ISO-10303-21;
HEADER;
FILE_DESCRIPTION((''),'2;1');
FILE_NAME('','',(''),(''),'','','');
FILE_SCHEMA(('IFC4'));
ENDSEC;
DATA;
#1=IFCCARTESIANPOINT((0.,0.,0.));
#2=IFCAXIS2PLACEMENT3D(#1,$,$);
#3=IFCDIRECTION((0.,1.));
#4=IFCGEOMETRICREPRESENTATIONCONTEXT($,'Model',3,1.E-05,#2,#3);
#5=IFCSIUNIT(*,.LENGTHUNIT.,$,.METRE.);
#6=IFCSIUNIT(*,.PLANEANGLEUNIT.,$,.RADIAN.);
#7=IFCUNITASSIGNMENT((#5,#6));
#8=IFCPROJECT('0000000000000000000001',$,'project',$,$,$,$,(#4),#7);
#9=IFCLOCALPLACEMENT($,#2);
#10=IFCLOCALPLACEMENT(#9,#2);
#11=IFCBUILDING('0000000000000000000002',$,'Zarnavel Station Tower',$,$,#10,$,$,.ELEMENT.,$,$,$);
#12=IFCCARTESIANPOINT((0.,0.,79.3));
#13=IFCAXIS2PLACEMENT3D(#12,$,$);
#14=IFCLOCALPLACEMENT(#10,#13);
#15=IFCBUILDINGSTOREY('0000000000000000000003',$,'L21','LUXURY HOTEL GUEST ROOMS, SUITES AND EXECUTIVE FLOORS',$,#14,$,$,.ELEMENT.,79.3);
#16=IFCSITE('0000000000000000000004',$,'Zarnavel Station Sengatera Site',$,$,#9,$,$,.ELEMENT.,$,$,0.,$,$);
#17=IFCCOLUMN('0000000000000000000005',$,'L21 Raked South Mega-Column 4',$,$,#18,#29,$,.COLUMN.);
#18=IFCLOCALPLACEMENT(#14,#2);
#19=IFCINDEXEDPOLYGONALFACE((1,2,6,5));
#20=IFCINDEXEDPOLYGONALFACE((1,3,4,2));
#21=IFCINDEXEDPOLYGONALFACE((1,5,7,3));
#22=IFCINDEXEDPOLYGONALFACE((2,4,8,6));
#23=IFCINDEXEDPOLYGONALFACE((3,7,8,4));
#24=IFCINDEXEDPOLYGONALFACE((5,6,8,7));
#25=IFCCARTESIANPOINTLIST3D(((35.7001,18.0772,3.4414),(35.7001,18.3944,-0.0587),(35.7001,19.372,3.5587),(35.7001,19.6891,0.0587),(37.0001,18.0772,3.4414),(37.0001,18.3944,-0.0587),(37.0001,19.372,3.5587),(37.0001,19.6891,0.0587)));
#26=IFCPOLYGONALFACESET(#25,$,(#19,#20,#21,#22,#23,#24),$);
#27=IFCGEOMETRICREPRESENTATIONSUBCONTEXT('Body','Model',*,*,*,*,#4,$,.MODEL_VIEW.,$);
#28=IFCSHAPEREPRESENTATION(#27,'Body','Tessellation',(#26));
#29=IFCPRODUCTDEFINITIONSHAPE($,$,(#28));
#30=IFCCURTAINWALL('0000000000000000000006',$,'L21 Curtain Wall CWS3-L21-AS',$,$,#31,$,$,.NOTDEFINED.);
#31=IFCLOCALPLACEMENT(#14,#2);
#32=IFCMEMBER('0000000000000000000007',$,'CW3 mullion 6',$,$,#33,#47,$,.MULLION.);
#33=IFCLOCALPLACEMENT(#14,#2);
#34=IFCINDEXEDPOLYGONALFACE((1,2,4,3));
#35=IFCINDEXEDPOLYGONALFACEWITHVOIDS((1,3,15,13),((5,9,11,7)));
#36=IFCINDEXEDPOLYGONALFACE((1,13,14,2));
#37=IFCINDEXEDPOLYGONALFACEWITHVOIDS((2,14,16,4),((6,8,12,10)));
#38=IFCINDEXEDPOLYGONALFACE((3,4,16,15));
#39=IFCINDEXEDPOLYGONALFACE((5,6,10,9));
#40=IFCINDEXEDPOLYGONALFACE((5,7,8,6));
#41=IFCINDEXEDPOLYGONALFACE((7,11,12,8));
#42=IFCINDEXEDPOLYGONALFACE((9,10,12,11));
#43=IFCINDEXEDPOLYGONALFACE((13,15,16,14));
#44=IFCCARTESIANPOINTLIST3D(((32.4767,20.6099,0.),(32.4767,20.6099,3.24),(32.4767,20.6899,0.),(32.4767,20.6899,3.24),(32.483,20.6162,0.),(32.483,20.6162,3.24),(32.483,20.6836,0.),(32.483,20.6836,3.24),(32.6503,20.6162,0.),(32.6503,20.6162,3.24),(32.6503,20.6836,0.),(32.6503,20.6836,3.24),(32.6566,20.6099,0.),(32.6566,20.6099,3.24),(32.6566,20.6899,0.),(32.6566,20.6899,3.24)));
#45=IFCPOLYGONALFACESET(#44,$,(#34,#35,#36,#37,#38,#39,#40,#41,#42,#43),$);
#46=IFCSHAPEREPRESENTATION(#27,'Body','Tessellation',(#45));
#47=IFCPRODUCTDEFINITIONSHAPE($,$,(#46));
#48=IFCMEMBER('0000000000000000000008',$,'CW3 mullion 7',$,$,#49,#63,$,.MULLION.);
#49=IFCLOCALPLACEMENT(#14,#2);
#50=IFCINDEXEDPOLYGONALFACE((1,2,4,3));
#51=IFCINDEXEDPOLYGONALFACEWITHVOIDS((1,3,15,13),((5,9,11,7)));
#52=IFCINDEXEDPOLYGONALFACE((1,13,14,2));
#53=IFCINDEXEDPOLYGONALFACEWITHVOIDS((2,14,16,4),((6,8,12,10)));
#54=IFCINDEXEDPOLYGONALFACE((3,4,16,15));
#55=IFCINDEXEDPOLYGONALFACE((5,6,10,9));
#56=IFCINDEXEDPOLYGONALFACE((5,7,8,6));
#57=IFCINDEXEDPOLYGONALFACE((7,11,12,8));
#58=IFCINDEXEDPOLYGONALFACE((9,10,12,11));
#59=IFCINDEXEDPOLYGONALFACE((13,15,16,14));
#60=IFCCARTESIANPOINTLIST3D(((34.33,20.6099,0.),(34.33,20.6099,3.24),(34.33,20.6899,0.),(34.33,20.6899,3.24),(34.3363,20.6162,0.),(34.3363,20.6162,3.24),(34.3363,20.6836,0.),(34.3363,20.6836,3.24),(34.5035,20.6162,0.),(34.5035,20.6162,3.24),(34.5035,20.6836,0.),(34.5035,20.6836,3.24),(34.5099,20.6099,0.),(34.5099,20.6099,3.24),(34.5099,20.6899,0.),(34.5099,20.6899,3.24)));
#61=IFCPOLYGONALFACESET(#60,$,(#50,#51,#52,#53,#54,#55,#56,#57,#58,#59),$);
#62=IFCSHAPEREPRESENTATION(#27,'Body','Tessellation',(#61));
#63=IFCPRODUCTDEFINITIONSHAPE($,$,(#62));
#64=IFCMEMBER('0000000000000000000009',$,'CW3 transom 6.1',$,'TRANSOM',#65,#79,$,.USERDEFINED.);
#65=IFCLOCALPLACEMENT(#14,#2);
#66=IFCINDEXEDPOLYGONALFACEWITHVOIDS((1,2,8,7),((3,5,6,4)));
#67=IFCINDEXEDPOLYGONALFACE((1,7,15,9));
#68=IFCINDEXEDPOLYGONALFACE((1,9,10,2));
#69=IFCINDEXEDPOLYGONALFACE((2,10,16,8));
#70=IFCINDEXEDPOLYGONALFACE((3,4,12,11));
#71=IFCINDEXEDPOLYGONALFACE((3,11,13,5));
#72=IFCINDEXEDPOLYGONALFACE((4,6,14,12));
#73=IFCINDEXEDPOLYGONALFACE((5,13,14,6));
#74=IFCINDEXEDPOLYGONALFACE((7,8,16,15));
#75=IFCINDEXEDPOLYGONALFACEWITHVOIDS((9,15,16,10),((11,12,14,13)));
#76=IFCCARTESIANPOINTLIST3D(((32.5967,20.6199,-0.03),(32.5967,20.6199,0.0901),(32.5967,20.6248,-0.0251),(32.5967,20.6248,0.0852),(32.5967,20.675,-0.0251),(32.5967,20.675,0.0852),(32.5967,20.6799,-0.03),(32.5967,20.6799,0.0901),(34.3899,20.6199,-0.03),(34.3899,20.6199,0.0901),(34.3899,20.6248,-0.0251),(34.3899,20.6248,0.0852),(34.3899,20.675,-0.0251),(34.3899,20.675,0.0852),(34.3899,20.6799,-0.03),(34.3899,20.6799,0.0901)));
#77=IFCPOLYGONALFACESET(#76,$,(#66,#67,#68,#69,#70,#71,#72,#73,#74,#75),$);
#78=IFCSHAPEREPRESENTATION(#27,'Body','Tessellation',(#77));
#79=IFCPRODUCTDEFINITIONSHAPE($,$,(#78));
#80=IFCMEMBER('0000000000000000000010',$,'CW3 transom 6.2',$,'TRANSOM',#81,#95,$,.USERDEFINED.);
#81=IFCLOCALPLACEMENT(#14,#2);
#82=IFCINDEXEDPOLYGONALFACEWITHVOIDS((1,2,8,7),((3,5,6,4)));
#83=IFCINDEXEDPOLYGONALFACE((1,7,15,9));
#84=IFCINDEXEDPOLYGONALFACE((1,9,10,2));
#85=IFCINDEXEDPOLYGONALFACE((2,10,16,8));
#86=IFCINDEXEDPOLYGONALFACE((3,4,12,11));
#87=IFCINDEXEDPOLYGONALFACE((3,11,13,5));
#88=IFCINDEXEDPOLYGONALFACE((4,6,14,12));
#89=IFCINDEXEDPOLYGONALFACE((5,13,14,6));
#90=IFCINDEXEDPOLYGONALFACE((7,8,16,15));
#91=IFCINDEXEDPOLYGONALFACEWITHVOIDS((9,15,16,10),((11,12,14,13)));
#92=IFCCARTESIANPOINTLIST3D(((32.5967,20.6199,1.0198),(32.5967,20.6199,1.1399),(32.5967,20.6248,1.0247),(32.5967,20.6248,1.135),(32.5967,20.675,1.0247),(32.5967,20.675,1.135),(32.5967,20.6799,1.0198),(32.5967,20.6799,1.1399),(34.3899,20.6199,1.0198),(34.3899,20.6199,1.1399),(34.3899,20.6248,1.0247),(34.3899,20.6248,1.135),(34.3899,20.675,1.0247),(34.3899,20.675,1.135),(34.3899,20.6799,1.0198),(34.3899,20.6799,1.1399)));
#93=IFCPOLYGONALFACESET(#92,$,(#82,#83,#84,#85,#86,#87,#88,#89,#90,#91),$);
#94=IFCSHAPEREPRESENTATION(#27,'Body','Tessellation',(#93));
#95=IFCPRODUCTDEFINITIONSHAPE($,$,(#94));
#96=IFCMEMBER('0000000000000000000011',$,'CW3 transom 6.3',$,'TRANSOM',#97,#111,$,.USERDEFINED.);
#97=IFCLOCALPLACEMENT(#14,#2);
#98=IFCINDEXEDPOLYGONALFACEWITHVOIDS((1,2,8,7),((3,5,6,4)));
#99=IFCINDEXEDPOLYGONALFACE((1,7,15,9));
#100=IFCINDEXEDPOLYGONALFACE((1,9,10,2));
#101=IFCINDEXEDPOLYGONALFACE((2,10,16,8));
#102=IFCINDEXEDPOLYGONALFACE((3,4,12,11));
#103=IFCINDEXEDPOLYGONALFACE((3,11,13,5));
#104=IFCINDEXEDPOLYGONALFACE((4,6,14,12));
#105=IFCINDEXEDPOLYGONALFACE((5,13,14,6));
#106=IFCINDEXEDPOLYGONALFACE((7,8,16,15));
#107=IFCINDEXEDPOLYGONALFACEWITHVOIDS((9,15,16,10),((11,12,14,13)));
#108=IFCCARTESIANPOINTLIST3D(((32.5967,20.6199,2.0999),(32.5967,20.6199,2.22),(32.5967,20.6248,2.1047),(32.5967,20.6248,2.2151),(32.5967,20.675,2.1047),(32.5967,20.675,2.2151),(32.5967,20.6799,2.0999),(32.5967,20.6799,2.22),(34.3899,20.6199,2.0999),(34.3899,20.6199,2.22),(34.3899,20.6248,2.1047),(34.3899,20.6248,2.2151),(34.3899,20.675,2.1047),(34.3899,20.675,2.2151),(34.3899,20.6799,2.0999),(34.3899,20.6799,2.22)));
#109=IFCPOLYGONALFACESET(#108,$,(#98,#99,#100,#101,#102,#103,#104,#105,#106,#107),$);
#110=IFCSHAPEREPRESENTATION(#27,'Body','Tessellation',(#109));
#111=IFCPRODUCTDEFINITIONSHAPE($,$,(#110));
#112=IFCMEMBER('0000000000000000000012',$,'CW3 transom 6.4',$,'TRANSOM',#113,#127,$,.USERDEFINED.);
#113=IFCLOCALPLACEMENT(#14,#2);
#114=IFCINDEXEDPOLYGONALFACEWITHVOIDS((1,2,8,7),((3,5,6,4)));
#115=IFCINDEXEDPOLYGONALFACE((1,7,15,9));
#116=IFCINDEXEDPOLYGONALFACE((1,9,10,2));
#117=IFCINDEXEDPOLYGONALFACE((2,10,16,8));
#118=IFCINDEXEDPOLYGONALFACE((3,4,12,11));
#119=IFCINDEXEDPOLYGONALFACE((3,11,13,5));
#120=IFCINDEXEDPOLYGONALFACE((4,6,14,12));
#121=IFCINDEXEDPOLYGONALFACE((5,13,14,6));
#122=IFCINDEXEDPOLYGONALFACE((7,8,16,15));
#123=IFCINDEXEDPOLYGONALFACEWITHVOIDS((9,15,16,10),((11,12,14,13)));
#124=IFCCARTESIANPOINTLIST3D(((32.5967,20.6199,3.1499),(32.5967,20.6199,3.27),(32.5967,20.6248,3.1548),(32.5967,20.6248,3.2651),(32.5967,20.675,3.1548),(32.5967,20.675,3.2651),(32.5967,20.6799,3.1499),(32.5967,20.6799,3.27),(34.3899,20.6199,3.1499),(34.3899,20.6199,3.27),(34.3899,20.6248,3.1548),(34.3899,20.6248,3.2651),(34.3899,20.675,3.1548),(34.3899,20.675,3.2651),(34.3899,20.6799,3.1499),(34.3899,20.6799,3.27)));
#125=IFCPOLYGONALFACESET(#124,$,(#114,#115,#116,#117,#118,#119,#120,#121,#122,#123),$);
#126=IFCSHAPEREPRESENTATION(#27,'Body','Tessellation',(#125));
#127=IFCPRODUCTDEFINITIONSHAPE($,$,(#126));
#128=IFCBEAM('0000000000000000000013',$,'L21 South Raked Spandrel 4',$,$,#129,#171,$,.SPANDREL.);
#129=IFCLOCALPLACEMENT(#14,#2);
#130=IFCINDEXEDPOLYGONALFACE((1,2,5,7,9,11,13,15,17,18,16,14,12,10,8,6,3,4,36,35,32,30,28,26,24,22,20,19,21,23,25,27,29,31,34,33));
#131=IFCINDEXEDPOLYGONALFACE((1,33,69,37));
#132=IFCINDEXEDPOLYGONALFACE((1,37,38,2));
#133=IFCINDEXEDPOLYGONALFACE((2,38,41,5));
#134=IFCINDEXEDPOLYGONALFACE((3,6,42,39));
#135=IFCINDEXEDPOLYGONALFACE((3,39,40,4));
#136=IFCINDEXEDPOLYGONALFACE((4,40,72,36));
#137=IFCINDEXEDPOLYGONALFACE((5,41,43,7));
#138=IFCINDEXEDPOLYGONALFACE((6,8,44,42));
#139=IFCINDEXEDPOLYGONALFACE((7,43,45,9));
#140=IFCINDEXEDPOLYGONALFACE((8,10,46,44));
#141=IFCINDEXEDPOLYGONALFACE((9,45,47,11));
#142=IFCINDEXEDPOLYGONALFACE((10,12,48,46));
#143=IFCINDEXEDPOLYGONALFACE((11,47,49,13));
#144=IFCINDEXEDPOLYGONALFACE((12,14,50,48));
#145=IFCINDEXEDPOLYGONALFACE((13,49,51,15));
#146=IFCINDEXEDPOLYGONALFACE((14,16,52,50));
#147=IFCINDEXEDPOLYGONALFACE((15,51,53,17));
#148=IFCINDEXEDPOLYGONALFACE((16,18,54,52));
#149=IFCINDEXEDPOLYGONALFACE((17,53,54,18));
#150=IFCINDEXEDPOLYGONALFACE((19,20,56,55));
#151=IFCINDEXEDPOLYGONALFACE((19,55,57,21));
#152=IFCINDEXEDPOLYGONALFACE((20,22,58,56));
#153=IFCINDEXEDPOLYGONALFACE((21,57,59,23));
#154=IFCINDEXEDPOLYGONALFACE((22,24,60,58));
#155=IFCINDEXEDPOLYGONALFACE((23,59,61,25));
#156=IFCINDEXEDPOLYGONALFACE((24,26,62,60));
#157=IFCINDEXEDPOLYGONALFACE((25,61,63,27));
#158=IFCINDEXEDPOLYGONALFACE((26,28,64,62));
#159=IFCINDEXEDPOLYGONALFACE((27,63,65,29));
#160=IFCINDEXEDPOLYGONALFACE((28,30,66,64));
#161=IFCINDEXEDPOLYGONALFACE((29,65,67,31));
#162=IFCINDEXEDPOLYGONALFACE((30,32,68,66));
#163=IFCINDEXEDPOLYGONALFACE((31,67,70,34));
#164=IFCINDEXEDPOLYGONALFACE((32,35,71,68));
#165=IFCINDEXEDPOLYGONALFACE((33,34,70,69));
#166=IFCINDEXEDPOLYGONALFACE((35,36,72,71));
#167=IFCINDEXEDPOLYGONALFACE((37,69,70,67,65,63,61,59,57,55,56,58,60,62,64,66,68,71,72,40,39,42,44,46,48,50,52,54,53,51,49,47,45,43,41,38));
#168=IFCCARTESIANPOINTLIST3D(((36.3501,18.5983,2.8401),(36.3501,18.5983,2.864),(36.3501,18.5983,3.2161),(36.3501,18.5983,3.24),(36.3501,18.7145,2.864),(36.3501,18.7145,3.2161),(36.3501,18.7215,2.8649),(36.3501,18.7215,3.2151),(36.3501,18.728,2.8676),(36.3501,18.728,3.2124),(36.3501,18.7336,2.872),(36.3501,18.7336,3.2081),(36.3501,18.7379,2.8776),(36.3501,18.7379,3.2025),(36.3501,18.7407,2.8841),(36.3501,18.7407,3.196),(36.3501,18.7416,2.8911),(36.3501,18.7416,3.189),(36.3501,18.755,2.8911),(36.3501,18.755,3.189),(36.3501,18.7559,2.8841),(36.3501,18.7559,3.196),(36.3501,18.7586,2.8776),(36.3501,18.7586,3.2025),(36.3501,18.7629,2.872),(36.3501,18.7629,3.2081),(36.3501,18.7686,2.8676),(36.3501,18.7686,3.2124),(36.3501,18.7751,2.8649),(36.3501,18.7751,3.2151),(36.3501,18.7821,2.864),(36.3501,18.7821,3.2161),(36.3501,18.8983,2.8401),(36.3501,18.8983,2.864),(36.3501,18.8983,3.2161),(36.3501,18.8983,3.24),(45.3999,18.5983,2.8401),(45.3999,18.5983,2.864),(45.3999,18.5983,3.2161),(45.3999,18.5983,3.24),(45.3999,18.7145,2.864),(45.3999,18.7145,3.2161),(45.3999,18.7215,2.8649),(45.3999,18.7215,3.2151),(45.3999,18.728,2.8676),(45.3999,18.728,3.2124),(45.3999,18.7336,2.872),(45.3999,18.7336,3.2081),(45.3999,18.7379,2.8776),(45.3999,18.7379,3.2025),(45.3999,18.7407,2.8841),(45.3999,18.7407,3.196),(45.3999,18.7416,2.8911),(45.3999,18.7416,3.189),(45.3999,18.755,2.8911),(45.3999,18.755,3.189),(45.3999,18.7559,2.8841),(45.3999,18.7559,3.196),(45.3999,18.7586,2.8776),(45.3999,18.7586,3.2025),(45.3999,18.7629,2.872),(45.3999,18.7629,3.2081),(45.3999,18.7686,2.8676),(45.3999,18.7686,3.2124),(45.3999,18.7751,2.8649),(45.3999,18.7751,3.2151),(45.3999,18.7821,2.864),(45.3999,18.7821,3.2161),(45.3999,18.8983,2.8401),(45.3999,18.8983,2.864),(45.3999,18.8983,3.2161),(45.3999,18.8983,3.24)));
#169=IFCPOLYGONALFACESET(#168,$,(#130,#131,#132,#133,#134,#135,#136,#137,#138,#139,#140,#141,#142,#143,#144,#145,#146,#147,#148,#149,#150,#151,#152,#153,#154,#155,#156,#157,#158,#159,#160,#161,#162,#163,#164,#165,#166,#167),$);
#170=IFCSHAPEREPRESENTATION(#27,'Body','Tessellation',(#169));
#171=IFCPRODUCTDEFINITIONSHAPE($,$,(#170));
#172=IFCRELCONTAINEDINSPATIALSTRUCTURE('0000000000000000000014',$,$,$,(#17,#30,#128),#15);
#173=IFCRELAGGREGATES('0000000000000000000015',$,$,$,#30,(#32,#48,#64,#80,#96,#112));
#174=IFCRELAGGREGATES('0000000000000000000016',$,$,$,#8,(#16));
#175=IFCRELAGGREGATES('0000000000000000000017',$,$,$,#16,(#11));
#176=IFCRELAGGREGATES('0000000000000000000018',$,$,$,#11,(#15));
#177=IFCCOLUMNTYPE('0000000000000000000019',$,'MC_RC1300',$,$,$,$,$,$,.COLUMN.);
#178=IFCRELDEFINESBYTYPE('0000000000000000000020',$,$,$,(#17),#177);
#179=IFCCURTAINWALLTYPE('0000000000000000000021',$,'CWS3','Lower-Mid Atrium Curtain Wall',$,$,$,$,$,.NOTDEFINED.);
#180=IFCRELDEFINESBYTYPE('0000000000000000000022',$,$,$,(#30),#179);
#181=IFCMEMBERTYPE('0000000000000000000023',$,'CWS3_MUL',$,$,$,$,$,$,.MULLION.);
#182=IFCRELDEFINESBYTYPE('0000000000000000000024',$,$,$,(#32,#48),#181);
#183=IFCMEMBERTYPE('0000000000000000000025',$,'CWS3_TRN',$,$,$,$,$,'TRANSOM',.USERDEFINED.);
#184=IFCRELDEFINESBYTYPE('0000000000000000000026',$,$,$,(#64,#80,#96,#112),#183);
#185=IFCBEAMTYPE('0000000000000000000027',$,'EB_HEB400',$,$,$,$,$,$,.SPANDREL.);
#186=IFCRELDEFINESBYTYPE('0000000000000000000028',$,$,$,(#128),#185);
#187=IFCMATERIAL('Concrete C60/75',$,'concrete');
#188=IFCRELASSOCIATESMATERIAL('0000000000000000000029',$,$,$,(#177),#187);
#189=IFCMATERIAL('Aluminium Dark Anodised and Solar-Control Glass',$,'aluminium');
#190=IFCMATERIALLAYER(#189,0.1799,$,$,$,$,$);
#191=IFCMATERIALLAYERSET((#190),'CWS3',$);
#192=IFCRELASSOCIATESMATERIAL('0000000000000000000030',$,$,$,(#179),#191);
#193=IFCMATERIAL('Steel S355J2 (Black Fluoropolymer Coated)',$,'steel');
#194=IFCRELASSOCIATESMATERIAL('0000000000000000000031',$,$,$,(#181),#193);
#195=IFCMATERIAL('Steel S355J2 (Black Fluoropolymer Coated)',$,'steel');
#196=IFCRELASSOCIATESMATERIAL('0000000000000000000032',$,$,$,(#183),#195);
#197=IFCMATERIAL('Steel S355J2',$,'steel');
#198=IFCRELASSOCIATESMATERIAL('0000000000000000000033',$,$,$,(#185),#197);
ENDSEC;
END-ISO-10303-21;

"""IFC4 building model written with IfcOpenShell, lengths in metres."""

from ifc_helpers import new_model, si_unit, direction, frame, origin, origin_2d, place, context, subcontext, project, spatial, rectangle, hollow_rectangle, i_section, extrude, material, layer, layer_set, material_profile, profile_set, type_object, element, aggregate, save


model = new_model("IFC4")

# Units and contexts
model_context = context("Model", 3, precision=1e-05, world=origin(), true_north=direction((0.0, 1.0)))
body_context = subcontext(model_context, "Body", "Model", "MODEL_VIEW")
ifc_project = project(units=[si_unit("LENGTHUNIT", "METRE"), si_unit("PLANEANGLEUNIT", "RADIAN")], contexts=[model_context])

# Site, building, storey
site_placement = place(None, origin())
site = spatial("IfcSite", under=ifc_project, at=site_placement, Name="Zarnavel Station Sengatera Site", CompositionType="ELEMENT", RefElevation=0.0)
building_placement = place(site_placement, origin())
building = spatial("IfcBuilding", under=site, at=building_placement, Name="Zarnavel Station Tower", CompositionType="ELEMENT")
storey_placement = place(building_placement, frame((0.0, 0.0, 79.3)))
storey = spatial("IfcBuildingStorey", under=building, at=storey_placement, Name="L21", Description="LUXURY HOTEL GUEST ROOMS, SUITES AND EXECUTIVE FLOORS", CompositionType="ELEMENT", Elevation=79.3)

# Column
ifc_material_1 = material(Name="Concrete C60/75", Category="concrete")
ifc_material_profile_1 = material_profile(ifc_material_1, rectangle(XDim=1.3, YDim=1.3, at=origin_2d()), Name="RC1300x1300")
ifc_profile_set_1 = profile_set([ifc_material_profile_1], Name="Concrete C60/75")
column_type = type_object("IfcColumnType", Name="MC_RC1300", PredefinedType="COLUMN", material=ifc_profile_set_1)
column_placement = place(storey_placement, frame((36.3501, 19.0417, 0.0), z_axis=(0.0, -0.090241, 0.99592), x_axis=(1.0, 0.0, 0.0)))
element("IfcColumn", 1, at=column_placement, inside=storey, type_object=column_type, Name="L21 Raked South Mega-Column 4", PredefinedType="COLUMN", context=body_context, shape_type="SweptSolid", body=[
    extrude(rectangle(XDim=1.3, YDim=1.3, at=origin_2d()), origin(), (0.0, 0.0, 1.0), 3.5144),
])

# Curtain wall, members
ifc_material_2 = material(Name="Aluminium Dark Anodised and Solar-Control Glass", Category="aluminium")
ifc_layer_1 = layer(ifc_material_2, 0.1799)
ifc_layer_set_1 = layer_set([ifc_layer_1], Name="CWS3")
curtain_wall_type = type_object("IfcCurtainWallType", Name="CWS3", Description="Lower-Mid Atrium Curtain Wall", PredefinedType="NOTDEFINED", material=ifc_layer_set_1)
curtain_wall_placement = place(storey_placement, origin())
curtain_wall = element("IfcCurtainWall", 2, at=curtain_wall_placement, inside=storey, type_object=curtain_wall_type, Name="L21 Curtain Wall CWS3-L21-AS", PredefinedType="NOTDEFINED")
ifc_material_3 = material(Name="Steel S355J2 (Black Fluoropolymer Coated)", Category="steel")
ifc_material_profile_2 = material_profile(ifc_material_3, hollow_rectangle(XDim=0.0801, YDim=0.1799, WallThickness=0.0063, at=origin_2d()), Name="RHS180x80x6.3")
ifc_profile_set_2 = profile_set([ifc_material_profile_2], Name="Steel S355J2 (Black Fluoropolymer Coated)")
member_type_1 = type_object("IfcMemberType", Name="CWS3_MUL", PredefinedType="MULLION", material=ifc_profile_set_2)
member_1_placement = place(storey_placement, frame((32.5667, 20.6499, 0.0), z_axis=(0.0, 0.0, 1.0), x_axis=(0.0, 1.0, 0.0)))
member_1 = element("IfcMember", 3, at=member_1_placement, type_object=member_type_1, Name="CW3 mullion 6", PredefinedType="MULLION", context=body_context, shape_type="SweptSolid", body=[
    extrude(hollow_rectangle(XDim=0.0801, YDim=0.1799, WallThickness=0.0063, at=origin_2d()), origin(), (0.0, 0.0, 1.0), 3.24),
])
member_2_placement = place(storey_placement, frame((34.4199, 20.6499, 0.0), z_axis=(0.0, 0.0, 1.0), x_axis=(0.0, 1.0, 0.0)))
member_2 = element("IfcMember", 4, at=member_2_placement, type_object=member_type_1, Name="CW3 mullion 7", PredefinedType="MULLION", context=body_context, shape_type="SweptSolid", body=[
    extrude(hollow_rectangle(XDim=0.0801, YDim=0.1799, WallThickness=0.0063, at=origin_2d()), origin(), (0.0, 0.0, 1.0), 3.24),
])
ifc_material_4 = material(Name="Steel S355J2 (Black Fluoropolymer Coated)", Category="steel")
ifc_material_profile_3 = material_profile(ifc_material_4, hollow_rectangle(XDim=0.0601, YDim=0.1201, WallThickness=0.0049, at=origin_2d()), Name="RHS120x60x5")
ifc_profile_set_3 = profile_set([ifc_material_profile_3], Name="Steel S355J2 (Black Fluoropolymer Coated)")
member_type_2 = type_object("IfcMemberType", Name="CWS3_TRN", ElementType="TRANSOM", PredefinedType="USERDEFINED", material=ifc_profile_set_3)
member_3_placement = place(storey_placement, frame((32.5967, 20.6499, 0.03), z_axis=(1.0, 0.0, 0.0), x_axis=(0.0, 1.0, 0.0)))
member_3 = element("IfcMember", 5, at=member_3_placement, type_object=member_type_2, Name="CW3 transom 6.1", ObjectType="TRANSOM", PredefinedType="USERDEFINED", context=body_context, shape_type="SweptSolid", body=[
    extrude(hollow_rectangle(XDim=0.0601, YDim=0.1201, WallThickness=0.0049, at=origin_2d()), origin(), (0.0, 0.0, 1.0), 1.7932),
])
member_4_placement = place(storey_placement, frame((32.5967, 20.6499, 1.0798), z_axis=(1.0, 0.0, 0.0), x_axis=(0.0, 1.0, 0.0)))
member_4 = element("IfcMember", 6, at=member_4_placement, type_object=member_type_2, Name="CW3 transom 6.2", ObjectType="TRANSOM", PredefinedType="USERDEFINED", context=body_context, shape_type="SweptSolid", body=[
    extrude(hollow_rectangle(XDim=0.0601, YDim=0.1201, WallThickness=0.0049, at=origin_2d()), origin(), (0.0, 0.0, 1.0), 1.7932),
])
member_5_placement = place(storey_placement, frame((32.5967, 20.6499, 2.1599), z_axis=(1.0, 0.0, 0.0), x_axis=(0.0, 1.0, 0.0)))
member_5 = element("IfcMember", 7, at=member_5_placement, type_object=member_type_2, Name="CW3 transom 6.3", ObjectType="TRANSOM", PredefinedType="USERDEFINED", context=body_context, shape_type="SweptSolid", body=[
    extrude(hollow_rectangle(XDim=0.0601, YDim=0.1201, WallThickness=0.0049, at=origin_2d()), origin(), (0.0, 0.0, 1.0), 1.7932),
])
member_6_placement = place(storey_placement, frame((32.5967, 20.6499, 3.21), z_axis=(1.0, 0.0, 0.0), x_axis=(0.0, 1.0, 0.0)))
member_6 = element("IfcMember", 8, at=member_6_placement, type_object=member_type_2, Name="CW3 transom 6.4", ObjectType="TRANSOM", PredefinedType="USERDEFINED", context=body_context, shape_type="SweptSolid", body=[
    extrude(hollow_rectangle(XDim=0.0601, YDim=0.1201, WallThickness=0.0049, at=origin_2d()), origin(), (0.0, 0.0, 1.0), 1.7932),
])

# Beam
ifc_material_5 = material(Name="Steel S355J2", Category="steel")
ifc_material_profile_4 = material_profile(ifc_material_5, i_section(OverallWidth=0.3, OverallDepth=0.3999, WebThickness=0.0134, FlangeThickness=0.0239, FilletRadius=0.0271, at=origin_2d()), Name="HEB400")
ifc_profile_set_4 = profile_set([ifc_material_profile_4], Name="Steel S355J2")
beam_type_1 = type_object("IfcBeamType", Name="EB_HEB400", PredefinedType="SPANDREL", material=ifc_profile_set_4)
beam_1_placement = place(storey_placement, frame((36.3501, 18.7483, 3.04), z_axis=(1.0, 0.0, 0.0), x_axis=(0.0, 1.0, 0.0)))
element("IfcBeam", 9, at=beam_1_placement, inside=storey, type_object=beam_type_1, Name="L21 South Raked Spandrel 4", PredefinedType="SPANDREL", context=body_context, shape_type="SweptSolid", body=[
    extrude(i_section(OverallWidth=0.3, OverallDepth=0.3999, WebThickness=0.0134, FlangeThickness=0.0239, FilletRadius=0.0271, at=origin_2d()), origin(), (0.0, 0.0, 1.0), 9.0498),
])

aggregate(curtain_wall, [member_1, member_2, member_3, member_4, member_5, member_6])

save(model, "model.ifc")
